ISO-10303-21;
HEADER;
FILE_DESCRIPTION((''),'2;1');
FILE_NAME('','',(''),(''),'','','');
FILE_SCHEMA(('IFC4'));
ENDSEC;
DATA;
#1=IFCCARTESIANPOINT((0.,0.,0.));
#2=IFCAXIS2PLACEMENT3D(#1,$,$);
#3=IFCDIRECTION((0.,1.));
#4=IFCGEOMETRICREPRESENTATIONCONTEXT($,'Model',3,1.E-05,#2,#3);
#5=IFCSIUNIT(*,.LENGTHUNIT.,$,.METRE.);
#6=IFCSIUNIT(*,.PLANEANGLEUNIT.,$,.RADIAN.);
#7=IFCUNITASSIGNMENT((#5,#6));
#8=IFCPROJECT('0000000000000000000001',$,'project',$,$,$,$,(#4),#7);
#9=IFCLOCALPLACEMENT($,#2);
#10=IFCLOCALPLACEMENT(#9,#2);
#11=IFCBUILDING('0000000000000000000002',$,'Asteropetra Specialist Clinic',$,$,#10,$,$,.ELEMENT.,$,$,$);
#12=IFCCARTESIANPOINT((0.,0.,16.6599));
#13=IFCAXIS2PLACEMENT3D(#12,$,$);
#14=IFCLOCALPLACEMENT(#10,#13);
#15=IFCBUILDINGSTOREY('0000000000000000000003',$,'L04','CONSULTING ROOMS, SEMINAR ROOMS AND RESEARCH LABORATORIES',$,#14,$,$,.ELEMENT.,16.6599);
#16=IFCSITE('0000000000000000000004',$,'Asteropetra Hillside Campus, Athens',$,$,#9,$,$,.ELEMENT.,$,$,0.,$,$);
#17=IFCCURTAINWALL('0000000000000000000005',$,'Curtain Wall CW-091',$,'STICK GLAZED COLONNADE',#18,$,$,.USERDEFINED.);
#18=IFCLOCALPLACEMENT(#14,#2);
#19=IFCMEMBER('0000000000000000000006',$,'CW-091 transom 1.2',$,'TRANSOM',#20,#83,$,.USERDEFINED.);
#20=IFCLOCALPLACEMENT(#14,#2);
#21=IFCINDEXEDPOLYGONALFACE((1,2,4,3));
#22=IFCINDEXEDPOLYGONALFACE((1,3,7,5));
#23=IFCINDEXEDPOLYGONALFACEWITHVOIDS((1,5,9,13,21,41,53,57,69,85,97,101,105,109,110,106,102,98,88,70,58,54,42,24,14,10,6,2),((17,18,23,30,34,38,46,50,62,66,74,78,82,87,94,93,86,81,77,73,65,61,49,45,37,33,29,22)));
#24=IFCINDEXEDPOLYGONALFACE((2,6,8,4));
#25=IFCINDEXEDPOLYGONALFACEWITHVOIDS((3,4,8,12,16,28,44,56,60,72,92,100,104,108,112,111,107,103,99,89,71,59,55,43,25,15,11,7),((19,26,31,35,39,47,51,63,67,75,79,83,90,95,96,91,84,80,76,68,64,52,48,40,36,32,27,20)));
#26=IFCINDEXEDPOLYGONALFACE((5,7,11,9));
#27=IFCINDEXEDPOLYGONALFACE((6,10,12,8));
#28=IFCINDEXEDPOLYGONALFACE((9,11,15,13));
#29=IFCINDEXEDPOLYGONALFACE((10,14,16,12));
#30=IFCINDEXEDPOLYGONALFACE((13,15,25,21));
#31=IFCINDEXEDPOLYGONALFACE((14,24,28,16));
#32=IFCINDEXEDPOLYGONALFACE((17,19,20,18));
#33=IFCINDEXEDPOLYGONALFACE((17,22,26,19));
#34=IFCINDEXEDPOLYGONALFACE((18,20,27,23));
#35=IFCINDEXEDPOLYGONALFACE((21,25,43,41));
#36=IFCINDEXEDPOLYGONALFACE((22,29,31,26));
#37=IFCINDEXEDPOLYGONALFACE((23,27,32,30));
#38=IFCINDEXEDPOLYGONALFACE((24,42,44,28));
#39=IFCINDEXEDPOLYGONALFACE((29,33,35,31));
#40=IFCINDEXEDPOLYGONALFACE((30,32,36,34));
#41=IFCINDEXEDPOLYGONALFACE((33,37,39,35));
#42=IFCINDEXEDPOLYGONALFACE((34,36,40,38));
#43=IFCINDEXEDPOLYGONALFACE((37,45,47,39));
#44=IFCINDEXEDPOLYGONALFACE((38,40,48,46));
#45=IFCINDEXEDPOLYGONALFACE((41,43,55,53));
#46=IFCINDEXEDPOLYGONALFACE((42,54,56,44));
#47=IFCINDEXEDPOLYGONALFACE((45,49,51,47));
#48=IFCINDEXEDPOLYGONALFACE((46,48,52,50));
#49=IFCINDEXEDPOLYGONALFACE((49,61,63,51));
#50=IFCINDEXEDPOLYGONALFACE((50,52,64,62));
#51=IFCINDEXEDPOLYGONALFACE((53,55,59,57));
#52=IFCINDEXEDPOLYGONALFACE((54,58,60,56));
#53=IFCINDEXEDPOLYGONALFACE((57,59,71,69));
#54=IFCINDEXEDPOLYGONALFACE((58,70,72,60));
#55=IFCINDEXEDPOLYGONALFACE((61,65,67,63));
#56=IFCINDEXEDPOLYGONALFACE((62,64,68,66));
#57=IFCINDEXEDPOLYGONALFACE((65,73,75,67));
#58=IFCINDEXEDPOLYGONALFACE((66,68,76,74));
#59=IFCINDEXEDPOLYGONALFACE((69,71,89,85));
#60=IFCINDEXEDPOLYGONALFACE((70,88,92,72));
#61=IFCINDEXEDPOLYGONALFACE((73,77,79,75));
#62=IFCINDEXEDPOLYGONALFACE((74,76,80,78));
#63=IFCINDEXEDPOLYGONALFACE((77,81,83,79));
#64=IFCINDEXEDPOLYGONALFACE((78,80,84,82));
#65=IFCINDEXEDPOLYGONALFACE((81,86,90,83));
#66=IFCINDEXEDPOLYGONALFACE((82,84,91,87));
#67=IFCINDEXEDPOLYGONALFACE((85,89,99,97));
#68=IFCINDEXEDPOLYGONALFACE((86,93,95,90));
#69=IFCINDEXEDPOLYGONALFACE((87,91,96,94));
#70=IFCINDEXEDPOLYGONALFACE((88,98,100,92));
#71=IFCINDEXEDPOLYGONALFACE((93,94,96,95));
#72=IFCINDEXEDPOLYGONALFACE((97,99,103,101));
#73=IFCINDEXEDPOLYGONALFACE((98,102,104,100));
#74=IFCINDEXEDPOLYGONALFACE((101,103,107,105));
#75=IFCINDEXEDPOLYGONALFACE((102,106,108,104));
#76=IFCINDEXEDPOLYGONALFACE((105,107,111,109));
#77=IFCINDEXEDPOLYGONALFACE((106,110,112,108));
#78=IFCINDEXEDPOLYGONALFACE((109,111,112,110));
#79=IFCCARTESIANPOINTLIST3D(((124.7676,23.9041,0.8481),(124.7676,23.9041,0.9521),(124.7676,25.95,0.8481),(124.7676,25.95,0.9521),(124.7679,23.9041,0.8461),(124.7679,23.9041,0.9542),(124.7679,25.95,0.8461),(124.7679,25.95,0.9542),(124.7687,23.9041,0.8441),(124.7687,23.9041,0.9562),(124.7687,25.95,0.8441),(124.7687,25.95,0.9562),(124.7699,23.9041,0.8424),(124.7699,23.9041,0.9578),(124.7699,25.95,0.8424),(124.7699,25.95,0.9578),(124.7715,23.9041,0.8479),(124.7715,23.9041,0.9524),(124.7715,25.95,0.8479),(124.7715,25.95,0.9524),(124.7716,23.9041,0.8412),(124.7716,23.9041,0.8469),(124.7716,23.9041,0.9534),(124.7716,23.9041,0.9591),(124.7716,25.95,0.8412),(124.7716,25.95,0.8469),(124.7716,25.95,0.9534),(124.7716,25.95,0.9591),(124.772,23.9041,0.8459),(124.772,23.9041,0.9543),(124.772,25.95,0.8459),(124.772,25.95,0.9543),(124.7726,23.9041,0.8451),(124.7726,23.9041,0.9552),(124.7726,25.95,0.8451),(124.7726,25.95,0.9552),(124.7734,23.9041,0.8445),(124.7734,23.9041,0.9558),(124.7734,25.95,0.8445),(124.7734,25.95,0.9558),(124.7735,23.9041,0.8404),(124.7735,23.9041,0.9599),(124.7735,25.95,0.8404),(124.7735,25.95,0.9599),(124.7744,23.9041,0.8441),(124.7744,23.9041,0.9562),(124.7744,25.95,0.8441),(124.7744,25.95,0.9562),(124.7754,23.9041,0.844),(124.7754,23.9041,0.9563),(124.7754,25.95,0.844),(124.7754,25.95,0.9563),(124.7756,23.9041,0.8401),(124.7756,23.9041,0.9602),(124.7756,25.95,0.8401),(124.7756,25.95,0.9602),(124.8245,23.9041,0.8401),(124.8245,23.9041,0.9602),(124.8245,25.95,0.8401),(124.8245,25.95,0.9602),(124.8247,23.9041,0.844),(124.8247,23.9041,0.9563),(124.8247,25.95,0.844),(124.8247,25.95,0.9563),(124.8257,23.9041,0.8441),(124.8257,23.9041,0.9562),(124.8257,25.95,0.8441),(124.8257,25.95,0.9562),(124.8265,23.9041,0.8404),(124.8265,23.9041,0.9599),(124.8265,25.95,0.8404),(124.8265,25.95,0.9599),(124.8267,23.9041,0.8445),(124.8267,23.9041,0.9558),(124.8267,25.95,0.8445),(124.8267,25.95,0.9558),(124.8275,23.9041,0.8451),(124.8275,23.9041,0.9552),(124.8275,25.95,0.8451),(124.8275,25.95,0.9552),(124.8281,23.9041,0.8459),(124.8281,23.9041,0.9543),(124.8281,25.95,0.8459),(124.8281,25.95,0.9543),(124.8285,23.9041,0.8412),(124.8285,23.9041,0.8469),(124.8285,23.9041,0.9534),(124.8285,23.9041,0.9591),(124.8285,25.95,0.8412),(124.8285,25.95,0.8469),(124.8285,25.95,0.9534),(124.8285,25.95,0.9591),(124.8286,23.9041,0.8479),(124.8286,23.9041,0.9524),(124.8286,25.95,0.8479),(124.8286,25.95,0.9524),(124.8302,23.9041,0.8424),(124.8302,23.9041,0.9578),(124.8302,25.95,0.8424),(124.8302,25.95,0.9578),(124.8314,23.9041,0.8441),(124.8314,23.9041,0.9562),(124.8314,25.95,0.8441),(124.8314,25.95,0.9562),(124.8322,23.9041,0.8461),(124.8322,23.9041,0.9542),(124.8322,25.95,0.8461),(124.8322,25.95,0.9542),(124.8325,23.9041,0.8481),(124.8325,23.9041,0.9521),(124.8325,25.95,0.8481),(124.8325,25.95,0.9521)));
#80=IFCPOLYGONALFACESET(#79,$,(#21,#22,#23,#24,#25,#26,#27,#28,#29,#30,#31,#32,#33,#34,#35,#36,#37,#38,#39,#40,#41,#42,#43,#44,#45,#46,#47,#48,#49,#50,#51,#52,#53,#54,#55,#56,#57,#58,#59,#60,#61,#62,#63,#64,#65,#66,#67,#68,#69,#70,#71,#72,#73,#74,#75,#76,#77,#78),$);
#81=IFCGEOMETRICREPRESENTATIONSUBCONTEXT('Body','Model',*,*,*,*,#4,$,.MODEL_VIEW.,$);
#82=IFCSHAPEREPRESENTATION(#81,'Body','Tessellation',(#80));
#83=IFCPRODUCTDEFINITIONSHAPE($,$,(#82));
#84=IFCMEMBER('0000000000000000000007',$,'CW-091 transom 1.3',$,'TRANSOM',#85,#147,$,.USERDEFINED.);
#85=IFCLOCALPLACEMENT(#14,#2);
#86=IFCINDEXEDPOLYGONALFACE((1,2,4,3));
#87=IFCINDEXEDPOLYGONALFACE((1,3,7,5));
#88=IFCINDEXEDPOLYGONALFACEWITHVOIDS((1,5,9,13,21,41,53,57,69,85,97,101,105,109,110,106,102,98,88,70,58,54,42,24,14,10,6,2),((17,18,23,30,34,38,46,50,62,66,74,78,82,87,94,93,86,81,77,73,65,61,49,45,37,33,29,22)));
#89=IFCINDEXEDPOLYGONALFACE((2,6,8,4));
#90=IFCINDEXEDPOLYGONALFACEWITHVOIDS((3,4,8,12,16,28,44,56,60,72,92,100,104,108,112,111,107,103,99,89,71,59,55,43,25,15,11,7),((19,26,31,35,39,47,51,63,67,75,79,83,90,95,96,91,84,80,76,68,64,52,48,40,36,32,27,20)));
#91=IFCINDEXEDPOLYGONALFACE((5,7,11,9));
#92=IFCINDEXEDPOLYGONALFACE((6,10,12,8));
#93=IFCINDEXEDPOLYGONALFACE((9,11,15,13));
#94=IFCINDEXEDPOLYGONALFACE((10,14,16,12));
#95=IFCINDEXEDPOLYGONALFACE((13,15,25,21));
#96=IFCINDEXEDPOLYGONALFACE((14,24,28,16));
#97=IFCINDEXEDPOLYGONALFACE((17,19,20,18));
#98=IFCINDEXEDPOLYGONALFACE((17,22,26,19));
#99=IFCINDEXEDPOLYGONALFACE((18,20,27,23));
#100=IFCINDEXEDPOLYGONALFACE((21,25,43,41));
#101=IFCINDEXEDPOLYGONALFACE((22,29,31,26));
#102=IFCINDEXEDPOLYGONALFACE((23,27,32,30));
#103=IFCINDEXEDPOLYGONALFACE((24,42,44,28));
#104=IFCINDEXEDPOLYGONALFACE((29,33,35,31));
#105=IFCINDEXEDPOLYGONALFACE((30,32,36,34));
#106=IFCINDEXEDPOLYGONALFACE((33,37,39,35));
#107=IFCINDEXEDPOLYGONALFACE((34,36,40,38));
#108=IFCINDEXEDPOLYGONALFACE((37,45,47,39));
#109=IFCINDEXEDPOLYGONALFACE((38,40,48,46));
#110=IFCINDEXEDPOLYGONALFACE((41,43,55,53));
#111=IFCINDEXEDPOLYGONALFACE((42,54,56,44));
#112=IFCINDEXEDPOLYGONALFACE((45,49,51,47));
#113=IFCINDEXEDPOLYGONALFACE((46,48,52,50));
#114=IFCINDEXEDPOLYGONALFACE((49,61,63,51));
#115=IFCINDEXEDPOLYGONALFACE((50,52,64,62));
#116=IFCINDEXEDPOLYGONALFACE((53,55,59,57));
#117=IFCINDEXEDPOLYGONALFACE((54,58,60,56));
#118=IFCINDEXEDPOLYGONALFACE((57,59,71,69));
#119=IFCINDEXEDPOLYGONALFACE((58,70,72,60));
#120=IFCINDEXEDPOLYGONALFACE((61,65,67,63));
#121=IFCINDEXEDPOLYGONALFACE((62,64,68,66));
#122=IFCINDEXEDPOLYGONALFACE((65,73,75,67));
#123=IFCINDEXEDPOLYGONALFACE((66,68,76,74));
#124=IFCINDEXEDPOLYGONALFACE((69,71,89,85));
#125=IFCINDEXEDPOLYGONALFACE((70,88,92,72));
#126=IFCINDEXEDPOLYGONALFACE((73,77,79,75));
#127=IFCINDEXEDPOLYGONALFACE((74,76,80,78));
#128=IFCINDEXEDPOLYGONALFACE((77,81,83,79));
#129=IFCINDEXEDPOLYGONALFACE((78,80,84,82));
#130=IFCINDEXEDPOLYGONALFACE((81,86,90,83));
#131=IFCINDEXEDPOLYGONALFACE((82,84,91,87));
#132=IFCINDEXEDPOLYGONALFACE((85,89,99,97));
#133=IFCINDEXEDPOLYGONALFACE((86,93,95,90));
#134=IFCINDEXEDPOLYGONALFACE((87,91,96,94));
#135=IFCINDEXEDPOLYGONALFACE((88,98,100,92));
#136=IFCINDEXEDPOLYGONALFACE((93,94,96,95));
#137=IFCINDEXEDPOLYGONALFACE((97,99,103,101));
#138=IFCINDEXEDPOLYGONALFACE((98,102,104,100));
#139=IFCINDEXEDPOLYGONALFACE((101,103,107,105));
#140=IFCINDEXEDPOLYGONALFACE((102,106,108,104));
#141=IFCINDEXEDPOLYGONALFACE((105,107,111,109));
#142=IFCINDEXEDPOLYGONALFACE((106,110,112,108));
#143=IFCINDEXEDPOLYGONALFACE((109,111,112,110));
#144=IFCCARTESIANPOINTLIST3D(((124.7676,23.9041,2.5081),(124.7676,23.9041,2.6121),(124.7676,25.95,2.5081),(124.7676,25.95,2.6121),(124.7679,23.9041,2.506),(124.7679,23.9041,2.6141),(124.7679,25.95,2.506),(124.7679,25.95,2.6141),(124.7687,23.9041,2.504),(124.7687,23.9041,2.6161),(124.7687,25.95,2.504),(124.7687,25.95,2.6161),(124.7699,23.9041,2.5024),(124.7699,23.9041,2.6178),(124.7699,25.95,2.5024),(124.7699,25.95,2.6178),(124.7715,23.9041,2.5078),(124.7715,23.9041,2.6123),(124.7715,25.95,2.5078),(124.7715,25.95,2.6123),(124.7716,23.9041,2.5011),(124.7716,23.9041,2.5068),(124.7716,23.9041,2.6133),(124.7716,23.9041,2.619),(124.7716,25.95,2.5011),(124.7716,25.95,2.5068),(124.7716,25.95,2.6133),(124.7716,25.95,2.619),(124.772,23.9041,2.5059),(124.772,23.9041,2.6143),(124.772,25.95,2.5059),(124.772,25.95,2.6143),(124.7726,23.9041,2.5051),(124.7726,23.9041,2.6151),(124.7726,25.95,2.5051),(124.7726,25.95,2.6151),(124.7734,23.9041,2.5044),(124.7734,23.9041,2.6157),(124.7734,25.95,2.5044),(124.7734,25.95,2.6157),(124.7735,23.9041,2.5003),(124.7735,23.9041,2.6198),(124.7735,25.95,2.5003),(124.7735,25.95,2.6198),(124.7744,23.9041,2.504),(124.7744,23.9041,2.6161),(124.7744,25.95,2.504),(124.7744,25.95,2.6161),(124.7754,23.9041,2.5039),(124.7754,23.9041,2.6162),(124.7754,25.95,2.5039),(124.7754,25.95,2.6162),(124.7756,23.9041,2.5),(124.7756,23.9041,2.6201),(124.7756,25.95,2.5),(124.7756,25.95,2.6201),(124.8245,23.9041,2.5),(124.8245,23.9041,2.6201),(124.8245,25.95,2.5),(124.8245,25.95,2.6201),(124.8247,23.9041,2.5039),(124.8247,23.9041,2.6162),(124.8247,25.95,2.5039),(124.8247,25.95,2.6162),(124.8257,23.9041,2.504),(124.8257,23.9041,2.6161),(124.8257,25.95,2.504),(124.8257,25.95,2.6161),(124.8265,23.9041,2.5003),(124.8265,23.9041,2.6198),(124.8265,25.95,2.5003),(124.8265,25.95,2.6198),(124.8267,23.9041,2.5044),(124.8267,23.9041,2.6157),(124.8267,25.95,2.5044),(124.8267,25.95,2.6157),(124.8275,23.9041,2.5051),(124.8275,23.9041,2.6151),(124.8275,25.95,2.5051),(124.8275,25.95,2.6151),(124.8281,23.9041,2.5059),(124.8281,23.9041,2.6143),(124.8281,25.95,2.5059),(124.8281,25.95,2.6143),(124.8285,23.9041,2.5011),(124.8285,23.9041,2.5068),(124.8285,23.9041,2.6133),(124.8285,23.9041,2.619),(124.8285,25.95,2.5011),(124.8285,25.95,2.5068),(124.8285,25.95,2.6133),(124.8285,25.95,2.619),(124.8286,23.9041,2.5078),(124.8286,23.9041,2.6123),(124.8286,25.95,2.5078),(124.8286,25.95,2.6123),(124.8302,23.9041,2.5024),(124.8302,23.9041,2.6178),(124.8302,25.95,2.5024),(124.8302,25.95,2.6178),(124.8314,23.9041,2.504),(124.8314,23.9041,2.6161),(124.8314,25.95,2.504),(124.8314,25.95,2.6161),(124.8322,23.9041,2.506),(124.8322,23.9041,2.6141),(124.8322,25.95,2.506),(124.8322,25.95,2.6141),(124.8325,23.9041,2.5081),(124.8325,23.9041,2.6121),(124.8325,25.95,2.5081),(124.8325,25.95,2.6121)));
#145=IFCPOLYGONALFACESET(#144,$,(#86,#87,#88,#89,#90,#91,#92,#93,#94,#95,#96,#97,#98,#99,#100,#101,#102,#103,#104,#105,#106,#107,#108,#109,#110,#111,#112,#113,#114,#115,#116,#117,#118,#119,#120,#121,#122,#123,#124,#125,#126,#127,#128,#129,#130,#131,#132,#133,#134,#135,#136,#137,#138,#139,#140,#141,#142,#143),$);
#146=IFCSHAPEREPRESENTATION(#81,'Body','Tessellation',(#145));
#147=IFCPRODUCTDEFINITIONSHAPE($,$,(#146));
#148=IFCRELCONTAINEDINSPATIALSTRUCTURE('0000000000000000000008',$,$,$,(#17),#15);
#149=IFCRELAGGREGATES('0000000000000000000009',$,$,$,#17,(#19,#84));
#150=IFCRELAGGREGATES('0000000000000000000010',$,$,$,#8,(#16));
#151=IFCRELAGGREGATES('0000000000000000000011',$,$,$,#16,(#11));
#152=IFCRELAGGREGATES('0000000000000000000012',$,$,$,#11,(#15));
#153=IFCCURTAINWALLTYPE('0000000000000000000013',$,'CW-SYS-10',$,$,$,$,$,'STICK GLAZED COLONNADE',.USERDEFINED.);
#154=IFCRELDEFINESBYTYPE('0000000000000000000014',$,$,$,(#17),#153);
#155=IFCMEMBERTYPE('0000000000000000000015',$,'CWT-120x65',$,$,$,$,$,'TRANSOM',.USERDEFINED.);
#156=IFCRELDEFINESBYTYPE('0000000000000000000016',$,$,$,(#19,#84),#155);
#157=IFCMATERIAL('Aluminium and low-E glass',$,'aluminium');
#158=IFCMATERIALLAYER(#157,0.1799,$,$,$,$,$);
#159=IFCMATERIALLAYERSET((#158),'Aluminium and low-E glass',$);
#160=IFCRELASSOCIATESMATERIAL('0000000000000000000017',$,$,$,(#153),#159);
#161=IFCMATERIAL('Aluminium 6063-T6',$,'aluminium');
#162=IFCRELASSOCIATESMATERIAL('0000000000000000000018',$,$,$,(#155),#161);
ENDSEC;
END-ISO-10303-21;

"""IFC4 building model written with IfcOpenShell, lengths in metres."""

from ifc_helpers import new_model, si_unit, direction, frame, origin, origin_2d, place, context, subcontext, project, spatial, hollow_rectangle, extrude, material, layer, layer_set, material_profile, profile_set, type_object, element, aggregate, save


model = new_model("IFC4")

# Units and contexts
model_context = context("Model", 3, precision=1e-05, world=origin(), true_north=direction((0.0, 1.0)))
body_context = subcontext(model_context, "Body", "Model", "MODEL_VIEW")
ifc_project = project(units=[si_unit("LENGTHUNIT", "METRE"), si_unit("PLANEANGLEUNIT", "RADIAN")], contexts=[model_context])

# Site, building, storey
site_placement = place(None, origin())
site = spatial("IfcSite", under=ifc_project, at=site_placement, Name="Asteropetra Hillside Campus, Athens", CompositionType="ELEMENT", RefElevation=0.0)
building_placement = place(site_placement, origin())
building = spatial("IfcBuilding", under=site, at=building_placement, Name="Asteropetra Specialist Clinic", CompositionType="ELEMENT")
storey_placement = place(building_placement, frame((0.0, 0.0, 16.6599)))
storey = spatial("IfcBuildingStorey", under=building, at=storey_placement, Name="L04", Description="CONSULTING ROOMS, SEMINAR ROOMS AND RESEARCH LABORATORIES", CompositionType="ELEMENT", Elevation=16.6599)

# Curtain wall
ifc_material_1 = material(Name="Aluminium and low-E glass", Category="aluminium")
ifc_layer_1 = layer(ifc_material_1, 0.1799)
ifc_layer_set_1 = layer_set([ifc_layer_1], Name="Aluminium and low-E glass")
curtain_wall_type_1 = type_object("IfcCurtainWallType", Name="CW-SYS-10", ElementType="STICK GLAZED COLONNADE", PredefinedType="USERDEFINED", material=ifc_layer_set_1)
curtain_wall_1_placement = place(storey_placement, origin())
curtain_wall_1 = element("IfcCurtainWall", 1, at=curtain_wall_1_placement, inside=storey, type_object=curtain_wall_type_1, Name="Curtain Wall CW-091", ObjectType="STICK GLAZED COLONNADE", PredefinedType="USERDEFINED")

# Members
ifc_material_2 = material(Name="Aluminium 6063-T6", Category="aluminium")
ifc_material_profile_1 = material_profile(ifc_material_2, hollow_rectangle(XDim=0.0649, YDim=0.1201, WallThickness=0.0039, InnerFilletRadius=0.0039, OuterFilletRadius=0.0081, at=origin_2d()), Name="TRN 120x65x4.0")
ifc_profile_set_1 = profile_set([ifc_material_profile_1], Name="Aluminium 6063-T6")
member_type_1 = type_object("IfcMemberType", Name="CWT-120x65", ElementType="TRANSOM", PredefinedType="USERDEFINED", material=ifc_profile_set_1)
member_1_placement = place(storey_placement, frame((124.8, 25.95, 0.9001), z_axis=(0.0, -1.0, 0.0), x_axis=(1.0, 0.0, 0.0)))
member_1 = element("IfcMember", 2, at=member_1_placement, type_object=member_type_1, Name="CW-091 transom 1.2", ObjectType="TRANSOM", PredefinedType="USERDEFINED", context=body_context, shape_type="SweptSolid", body=[
    extrude(hollow_rectangle(XDim=0.0649, YDim=0.1201, WallThickness=0.0039, InnerFilletRadius=0.0039, OuterFilletRadius=0.0081, at=origin_2d()), origin(), (0.0, 0.0, 1.0), 2.0459),
])
member_2_placement = place(storey_placement, frame((124.8, 25.95, 2.5601), z_axis=(0.0, -1.0, 0.0), x_axis=(1.0, 0.0, 0.0)))
member_2 = element("IfcMember", 3, at=member_2_placement, type_object=member_type_1, Name="CW-091 transom 1.3", ObjectType="TRANSOM", PredefinedType="USERDEFINED", context=body_context, shape_type="SweptSolid", body=[
    extrude(hollow_rectangle(XDim=0.0649, YDim=0.1201, WallThickness=0.0039, InnerFilletRadius=0.0039, OuterFilletRadius=0.0081, at=origin_2d()), origin(), (0.0, 0.0, 1.0), 2.0459),
])

aggregate(curtain_wall_1, [member_1, member_2])

save(model, "model.ifc")
